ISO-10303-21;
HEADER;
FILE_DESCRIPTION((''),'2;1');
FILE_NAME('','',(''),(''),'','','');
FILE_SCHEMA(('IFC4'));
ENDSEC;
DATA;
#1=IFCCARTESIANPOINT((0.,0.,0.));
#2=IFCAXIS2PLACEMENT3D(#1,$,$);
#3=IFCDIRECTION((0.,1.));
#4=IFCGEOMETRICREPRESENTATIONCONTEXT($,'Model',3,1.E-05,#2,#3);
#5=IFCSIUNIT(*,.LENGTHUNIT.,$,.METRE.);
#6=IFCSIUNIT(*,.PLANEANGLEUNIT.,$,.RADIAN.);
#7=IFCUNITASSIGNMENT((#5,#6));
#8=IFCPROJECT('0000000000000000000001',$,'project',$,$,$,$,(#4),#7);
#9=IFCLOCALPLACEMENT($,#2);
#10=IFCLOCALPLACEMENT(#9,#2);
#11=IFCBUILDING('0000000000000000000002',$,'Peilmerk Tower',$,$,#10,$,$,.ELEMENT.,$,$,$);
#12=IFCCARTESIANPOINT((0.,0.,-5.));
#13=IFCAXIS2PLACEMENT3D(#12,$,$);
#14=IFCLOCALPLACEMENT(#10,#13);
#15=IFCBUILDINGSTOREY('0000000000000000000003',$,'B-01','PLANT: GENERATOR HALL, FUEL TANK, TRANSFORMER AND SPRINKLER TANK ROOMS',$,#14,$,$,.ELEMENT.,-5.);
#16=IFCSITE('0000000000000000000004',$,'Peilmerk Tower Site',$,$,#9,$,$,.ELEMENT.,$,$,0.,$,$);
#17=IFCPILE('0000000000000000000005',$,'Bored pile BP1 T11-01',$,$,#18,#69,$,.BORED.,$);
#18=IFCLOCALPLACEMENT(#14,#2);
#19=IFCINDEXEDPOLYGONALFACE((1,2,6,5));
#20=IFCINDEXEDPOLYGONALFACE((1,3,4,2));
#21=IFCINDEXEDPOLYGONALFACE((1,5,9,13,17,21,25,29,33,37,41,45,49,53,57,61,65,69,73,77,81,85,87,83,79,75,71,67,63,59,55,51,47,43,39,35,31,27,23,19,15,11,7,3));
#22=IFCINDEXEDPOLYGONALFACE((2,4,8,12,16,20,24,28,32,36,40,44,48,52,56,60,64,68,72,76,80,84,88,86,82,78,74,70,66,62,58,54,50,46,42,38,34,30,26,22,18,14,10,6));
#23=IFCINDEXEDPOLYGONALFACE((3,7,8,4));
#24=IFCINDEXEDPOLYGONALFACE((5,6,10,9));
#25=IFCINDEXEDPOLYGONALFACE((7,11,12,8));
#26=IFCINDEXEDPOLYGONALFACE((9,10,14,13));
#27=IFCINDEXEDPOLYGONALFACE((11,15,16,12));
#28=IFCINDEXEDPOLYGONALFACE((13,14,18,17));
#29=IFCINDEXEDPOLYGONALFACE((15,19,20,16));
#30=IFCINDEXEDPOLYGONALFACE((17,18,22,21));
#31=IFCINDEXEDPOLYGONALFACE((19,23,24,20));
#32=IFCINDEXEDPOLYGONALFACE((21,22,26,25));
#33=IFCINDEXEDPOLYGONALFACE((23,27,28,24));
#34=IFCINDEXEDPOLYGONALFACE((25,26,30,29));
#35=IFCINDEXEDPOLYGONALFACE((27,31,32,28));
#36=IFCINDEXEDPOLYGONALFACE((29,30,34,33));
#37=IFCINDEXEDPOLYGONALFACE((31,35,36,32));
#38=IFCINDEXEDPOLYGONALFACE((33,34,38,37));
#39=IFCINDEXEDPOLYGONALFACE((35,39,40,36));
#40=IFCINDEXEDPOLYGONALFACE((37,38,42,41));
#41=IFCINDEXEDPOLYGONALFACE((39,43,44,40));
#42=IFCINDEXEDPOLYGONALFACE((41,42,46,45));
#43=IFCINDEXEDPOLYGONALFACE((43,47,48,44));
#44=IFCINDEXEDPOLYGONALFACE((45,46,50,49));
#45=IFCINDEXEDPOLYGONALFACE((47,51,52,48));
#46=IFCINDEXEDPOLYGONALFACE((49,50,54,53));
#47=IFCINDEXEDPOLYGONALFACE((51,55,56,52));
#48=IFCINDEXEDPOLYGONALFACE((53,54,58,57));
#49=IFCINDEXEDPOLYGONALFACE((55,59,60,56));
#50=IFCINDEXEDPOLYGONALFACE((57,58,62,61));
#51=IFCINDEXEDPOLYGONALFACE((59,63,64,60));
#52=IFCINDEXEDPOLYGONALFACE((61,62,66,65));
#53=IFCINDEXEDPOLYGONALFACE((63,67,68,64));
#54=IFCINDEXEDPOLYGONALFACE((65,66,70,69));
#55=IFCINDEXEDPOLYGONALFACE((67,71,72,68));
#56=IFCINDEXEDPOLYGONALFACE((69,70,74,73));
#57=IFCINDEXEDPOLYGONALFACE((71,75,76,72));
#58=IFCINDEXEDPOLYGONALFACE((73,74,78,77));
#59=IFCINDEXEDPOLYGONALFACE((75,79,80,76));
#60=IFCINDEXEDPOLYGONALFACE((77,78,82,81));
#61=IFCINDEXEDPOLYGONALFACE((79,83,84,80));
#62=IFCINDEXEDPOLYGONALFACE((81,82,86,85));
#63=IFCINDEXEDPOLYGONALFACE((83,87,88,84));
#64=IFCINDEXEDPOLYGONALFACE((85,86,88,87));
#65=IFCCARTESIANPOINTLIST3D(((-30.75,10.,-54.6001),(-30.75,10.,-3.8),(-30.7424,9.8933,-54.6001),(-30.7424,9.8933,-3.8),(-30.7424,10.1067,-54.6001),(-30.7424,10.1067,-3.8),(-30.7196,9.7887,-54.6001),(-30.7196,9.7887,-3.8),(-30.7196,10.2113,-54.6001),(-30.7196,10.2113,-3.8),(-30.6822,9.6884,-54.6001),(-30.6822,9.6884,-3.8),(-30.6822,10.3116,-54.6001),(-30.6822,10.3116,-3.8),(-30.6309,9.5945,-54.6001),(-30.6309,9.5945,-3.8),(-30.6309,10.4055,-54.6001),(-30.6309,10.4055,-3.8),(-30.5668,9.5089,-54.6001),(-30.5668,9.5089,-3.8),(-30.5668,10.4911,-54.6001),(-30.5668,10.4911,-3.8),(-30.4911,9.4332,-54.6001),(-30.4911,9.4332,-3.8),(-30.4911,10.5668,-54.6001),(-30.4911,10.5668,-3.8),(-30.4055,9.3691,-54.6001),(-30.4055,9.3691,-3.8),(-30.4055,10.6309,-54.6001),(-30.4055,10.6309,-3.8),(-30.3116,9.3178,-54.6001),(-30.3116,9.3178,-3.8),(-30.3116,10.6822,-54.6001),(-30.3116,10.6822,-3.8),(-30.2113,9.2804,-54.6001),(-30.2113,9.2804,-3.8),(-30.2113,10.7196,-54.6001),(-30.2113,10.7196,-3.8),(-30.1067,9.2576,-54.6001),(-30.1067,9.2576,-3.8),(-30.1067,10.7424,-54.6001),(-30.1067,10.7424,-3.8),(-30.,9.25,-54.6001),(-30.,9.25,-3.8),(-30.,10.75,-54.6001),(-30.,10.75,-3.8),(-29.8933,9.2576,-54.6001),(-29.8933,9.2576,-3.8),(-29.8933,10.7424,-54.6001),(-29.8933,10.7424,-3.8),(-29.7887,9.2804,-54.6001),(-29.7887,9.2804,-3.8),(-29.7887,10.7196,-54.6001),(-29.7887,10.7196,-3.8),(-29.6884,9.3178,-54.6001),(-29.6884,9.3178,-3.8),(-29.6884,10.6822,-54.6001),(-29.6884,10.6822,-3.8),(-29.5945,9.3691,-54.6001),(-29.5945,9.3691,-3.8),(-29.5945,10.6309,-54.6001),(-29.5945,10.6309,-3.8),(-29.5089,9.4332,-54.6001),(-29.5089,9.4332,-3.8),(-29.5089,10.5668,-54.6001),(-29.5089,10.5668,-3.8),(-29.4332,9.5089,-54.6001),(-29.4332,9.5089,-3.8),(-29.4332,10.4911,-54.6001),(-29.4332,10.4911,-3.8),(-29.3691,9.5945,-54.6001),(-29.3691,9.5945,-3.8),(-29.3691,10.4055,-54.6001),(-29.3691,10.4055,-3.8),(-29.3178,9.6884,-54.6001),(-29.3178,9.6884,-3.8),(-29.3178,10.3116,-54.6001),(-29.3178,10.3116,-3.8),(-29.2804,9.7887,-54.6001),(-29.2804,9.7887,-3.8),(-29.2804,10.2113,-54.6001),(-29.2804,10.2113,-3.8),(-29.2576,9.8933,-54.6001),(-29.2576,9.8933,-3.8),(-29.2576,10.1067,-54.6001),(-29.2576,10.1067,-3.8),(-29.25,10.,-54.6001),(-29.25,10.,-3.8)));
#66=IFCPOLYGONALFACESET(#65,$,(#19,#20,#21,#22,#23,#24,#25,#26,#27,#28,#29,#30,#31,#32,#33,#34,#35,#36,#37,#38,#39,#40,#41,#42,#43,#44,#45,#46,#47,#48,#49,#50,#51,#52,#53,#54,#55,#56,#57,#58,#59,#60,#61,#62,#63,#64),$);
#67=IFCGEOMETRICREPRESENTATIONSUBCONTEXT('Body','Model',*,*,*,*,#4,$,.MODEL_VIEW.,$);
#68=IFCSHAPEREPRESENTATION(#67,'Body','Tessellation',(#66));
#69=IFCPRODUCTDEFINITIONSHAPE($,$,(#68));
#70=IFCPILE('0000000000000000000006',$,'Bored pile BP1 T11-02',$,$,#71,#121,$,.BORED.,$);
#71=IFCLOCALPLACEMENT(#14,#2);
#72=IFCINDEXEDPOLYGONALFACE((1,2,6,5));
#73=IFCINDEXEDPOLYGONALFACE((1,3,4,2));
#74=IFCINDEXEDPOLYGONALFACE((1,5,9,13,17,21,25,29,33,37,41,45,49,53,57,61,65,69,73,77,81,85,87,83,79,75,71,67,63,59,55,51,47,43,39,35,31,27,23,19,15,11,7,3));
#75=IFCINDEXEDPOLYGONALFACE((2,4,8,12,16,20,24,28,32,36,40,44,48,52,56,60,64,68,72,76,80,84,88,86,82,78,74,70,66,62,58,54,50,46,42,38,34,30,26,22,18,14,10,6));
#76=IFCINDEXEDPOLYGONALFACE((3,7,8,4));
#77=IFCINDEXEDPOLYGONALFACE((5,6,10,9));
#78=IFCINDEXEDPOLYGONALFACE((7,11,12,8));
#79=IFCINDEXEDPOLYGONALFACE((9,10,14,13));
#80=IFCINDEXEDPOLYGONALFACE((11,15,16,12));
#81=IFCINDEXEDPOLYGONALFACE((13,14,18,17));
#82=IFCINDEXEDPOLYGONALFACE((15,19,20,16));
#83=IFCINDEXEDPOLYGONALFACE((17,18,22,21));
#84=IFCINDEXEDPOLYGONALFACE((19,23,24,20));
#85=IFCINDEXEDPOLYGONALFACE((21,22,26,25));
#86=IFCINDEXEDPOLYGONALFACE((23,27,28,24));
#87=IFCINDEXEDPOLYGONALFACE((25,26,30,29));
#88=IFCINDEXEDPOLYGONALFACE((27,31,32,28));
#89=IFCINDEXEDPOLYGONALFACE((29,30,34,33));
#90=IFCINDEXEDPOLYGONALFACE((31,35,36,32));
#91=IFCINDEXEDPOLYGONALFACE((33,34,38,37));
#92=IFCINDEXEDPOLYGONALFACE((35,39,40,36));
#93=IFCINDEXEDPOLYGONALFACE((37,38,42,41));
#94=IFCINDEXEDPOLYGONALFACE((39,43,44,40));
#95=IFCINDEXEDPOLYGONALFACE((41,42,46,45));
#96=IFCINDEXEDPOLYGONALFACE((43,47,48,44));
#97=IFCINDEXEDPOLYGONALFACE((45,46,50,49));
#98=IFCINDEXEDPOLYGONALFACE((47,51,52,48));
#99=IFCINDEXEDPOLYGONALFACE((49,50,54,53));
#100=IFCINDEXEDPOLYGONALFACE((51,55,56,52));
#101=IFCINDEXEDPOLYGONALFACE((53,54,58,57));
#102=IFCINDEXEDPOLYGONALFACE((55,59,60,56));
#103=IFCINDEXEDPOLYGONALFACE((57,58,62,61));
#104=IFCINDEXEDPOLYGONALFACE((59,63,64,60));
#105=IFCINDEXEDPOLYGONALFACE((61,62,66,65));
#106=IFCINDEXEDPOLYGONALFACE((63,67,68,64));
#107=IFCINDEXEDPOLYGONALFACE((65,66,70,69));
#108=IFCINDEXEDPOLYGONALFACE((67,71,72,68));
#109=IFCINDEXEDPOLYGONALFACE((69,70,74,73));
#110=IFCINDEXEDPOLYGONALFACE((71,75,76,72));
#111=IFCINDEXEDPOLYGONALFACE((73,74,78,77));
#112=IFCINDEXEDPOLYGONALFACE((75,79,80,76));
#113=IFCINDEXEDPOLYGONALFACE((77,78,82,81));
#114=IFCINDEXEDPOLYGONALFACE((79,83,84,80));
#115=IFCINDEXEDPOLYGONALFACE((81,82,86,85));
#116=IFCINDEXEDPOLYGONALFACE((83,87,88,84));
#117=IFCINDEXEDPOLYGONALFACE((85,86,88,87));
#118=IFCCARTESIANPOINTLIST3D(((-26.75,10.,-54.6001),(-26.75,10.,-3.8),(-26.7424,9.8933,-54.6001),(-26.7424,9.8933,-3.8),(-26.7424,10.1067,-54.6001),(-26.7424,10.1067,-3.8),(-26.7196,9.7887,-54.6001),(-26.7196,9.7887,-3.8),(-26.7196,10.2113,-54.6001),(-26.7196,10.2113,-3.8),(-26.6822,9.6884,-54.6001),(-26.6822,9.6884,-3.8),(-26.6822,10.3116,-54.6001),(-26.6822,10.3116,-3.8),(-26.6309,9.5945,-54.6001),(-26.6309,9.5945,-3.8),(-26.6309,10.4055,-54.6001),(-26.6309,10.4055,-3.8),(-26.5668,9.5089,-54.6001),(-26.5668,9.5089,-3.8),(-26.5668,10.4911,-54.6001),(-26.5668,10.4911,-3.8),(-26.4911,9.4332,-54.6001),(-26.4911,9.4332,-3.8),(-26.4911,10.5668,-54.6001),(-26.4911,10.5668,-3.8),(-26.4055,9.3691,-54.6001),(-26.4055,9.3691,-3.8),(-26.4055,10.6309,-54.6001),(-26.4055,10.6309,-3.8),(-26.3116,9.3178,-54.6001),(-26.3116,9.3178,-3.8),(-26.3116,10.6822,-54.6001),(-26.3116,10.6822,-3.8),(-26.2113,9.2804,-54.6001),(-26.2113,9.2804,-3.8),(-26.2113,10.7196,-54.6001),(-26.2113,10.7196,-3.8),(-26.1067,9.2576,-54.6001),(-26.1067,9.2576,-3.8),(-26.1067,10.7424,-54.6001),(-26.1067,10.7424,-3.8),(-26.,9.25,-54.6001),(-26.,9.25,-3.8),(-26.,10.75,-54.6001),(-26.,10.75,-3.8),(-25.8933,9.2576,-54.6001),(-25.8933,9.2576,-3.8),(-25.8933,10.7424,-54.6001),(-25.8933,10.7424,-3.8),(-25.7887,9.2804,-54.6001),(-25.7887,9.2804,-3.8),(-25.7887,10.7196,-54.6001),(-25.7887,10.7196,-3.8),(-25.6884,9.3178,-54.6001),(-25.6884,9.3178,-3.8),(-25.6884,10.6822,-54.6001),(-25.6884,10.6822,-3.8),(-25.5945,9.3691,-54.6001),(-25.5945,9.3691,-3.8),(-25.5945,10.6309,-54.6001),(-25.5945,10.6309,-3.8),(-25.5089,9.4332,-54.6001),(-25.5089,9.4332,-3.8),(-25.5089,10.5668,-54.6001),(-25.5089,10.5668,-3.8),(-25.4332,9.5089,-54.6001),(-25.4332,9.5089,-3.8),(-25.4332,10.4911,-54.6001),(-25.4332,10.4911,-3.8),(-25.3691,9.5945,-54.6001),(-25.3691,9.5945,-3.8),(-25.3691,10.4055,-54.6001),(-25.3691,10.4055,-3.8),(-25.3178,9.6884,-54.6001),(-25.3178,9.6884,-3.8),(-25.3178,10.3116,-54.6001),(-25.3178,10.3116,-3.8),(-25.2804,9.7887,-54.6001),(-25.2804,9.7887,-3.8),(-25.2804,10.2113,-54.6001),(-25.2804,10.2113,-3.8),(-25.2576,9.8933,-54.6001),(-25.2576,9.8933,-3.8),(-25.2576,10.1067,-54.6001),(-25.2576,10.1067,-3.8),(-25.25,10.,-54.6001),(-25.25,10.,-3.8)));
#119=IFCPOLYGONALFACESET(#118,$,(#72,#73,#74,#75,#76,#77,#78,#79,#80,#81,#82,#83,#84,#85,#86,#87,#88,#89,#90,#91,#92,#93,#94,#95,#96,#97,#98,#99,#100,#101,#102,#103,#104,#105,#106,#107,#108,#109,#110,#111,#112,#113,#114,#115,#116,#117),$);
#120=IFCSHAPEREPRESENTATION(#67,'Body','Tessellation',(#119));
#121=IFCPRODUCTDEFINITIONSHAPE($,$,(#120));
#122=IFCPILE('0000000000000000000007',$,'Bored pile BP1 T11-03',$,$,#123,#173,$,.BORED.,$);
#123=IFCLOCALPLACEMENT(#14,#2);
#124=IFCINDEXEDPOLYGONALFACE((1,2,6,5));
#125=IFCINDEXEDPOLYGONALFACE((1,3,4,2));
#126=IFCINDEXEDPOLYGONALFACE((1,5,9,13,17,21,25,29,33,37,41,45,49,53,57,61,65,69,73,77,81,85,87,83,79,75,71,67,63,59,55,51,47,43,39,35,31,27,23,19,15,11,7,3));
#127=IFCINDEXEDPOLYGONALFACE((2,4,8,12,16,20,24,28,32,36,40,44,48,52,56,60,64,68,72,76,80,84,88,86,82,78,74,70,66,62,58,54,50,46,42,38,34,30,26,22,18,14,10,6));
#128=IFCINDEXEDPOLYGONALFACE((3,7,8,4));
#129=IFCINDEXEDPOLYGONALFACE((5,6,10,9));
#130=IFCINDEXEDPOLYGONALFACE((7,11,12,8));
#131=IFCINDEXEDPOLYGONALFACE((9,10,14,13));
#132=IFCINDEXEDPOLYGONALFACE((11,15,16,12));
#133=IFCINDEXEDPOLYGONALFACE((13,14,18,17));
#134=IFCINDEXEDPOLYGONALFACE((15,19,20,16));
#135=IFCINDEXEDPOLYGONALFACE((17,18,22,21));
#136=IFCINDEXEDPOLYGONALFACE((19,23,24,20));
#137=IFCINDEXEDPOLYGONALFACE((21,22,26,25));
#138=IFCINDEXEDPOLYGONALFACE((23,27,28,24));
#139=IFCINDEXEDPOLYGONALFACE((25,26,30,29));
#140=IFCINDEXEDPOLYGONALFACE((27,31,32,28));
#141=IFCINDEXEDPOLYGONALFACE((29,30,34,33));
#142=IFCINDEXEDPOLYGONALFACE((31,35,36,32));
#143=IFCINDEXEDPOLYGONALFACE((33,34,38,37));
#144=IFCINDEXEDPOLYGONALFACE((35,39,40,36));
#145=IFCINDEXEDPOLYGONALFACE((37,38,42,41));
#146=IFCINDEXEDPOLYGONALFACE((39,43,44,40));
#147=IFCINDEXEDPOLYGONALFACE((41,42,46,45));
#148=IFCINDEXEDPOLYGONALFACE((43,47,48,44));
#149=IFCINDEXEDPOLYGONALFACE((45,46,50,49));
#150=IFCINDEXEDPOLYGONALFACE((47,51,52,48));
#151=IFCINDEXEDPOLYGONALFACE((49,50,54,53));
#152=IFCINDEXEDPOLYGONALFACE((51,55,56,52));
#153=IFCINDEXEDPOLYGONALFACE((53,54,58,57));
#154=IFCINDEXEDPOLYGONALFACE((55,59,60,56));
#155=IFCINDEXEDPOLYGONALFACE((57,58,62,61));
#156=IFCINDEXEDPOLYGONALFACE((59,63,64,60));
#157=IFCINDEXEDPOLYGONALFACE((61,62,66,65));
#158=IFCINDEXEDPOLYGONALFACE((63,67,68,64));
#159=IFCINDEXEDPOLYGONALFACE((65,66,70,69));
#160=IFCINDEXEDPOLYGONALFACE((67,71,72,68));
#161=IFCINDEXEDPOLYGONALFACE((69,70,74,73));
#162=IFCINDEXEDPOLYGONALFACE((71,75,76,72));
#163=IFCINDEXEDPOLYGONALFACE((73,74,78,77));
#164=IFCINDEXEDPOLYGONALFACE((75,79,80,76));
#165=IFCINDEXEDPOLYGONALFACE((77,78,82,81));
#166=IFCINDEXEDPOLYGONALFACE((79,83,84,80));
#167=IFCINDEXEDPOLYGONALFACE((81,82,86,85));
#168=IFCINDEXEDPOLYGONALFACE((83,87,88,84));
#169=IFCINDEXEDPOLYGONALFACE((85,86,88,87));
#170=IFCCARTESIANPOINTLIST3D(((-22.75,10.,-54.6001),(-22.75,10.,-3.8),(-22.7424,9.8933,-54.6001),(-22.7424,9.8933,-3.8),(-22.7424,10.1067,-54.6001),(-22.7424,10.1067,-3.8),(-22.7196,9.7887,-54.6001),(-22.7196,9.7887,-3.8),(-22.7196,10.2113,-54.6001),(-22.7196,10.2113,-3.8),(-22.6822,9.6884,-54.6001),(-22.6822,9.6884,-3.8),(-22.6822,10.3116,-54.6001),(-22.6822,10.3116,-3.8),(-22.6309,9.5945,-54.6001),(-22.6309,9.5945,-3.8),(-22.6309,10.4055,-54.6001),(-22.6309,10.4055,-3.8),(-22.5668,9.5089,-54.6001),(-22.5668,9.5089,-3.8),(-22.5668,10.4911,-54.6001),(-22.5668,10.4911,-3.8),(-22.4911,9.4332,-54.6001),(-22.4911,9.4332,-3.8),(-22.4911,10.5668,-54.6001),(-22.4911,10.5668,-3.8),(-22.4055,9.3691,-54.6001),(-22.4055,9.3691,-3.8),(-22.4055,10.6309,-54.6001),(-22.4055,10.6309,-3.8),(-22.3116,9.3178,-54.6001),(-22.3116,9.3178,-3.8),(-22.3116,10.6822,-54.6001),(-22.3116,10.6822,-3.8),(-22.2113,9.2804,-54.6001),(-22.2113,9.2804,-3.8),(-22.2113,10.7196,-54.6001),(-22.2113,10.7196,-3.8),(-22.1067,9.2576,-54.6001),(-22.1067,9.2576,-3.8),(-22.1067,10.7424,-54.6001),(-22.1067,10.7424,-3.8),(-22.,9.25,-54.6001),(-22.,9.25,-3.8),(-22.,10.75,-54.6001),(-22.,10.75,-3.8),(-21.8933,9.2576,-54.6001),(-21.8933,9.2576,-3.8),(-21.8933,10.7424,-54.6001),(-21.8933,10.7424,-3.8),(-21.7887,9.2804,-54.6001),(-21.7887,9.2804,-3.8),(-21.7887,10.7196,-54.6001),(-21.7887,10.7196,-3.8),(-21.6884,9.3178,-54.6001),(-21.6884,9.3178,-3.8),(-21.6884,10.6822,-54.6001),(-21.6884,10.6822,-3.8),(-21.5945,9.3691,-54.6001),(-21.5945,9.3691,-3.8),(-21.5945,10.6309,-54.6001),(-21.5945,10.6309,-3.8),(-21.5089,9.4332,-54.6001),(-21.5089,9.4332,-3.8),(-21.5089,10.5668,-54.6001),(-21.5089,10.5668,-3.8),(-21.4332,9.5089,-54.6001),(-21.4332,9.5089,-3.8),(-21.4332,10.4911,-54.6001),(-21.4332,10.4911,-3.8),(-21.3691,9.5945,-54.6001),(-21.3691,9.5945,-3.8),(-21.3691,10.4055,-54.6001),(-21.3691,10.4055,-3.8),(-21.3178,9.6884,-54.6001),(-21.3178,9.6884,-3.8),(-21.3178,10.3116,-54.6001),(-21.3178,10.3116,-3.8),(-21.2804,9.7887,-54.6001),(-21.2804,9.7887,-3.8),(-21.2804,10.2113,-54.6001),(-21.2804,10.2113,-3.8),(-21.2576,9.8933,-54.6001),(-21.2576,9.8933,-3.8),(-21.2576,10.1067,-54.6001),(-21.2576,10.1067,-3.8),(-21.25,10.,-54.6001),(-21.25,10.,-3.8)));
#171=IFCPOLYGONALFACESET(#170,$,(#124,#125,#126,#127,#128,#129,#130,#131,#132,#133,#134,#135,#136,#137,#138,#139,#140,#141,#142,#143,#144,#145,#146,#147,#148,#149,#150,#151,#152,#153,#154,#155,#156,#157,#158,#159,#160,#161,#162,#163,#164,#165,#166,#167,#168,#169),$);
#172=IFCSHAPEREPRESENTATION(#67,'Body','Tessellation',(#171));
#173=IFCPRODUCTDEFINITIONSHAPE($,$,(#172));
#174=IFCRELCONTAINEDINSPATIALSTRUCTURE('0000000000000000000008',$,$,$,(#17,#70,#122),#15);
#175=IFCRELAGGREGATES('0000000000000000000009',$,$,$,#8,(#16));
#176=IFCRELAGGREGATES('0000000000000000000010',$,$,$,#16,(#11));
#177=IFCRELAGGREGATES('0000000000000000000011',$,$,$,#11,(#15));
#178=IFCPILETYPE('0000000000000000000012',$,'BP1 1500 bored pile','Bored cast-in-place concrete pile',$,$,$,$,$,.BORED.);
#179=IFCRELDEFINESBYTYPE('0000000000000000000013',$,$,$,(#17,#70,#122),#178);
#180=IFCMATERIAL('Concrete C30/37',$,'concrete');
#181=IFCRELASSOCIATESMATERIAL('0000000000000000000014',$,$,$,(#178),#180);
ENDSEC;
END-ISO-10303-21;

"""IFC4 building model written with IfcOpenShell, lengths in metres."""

from ifc_helpers import new_model, si_unit, direction, frame, origin, origin_2d, place, context, subcontext, project, spatial, circle, extrude, material, material_profile, profile_set, type_object, element, save


model = new_model("IFC4")

# Units and contexts
model_context = context("Model", 3, precision=1e-05, world=origin(), true_north=direction((0.0, 1.0)))
body_context = subcontext(model_context, "Body", "Model", "MODEL_VIEW")
ifc_project = project(units=[si_unit("LENGTHUNIT", "METRE"), si_unit("PLANEANGLEUNIT", "RADIAN")], contexts=[model_context])

# Site, building, storey
site_placement = place(None, origin())
site = spatial("IfcSite", under=ifc_project, at=site_placement, Name="Peilmerk Tower Site", CompositionType="ELEMENT", RefElevation=0.0)
building_placement = place(site_placement, origin())
building = spatial("IfcBuilding", under=site, at=building_placement, Name="Peilmerk Tower", CompositionType="ELEMENT")
storey_placement = place(building_placement, frame((0.0, 0.0, -5.0)))
storey = spatial("IfcBuildingStorey", under=building, at=storey_placement, Name="B-01", Description="PLANT: GENERATOR HALL, FUEL TANK, TRANSFORMER AND SPRINKLER TANK ROOMS", CompositionType="ELEMENT", Elevation=-5.0)

# Piles
ifc_material_1 = material(Name="Concrete C30/37", Category="concrete")
ifc_material_profile_1 = material_profile(ifc_material_1, circle(Radius=0.75, at=origin_2d()), Name="BP 1500")
ifc_profile_set_1 = profile_set([ifc_material_profile_1], Name="Concrete C30/37")
pile_type_1 = type_object("IfcPileType", Name="BP1 1500 bored pile", Description="Bored cast-in-place concrete pile", PredefinedType="BORED", material=ifc_profile_set_1)
for number, where, z_axis, x_axis, name in (
    (1, (-30.0, 10.0, -3.8), (0.0, 0.0, -1.0), (1.0, 0.0, 0.0), "Bored pile BP1 T11-01"),
    (2, (-26.0, 10.0, -3.8), (0.0, 0.0, -1.0), (1.0, 0.0, 0.0), "Bored pile BP1 T11-02"),
    (3, (-22.0, 10.0, -3.8), (0.0, 0.0, -1.0), (1.0, 0.0, 0.0), "Bored pile BP1 T11-03"),
):
    element("IfcPile", number, at=place(storey_placement, frame(where, z_axis=z_axis, x_axis=x_axis)), inside=storey, type_object=pile_type_1, Name=name, PredefinedType="BORED", context=body_context, shape_type="SweptSolid", body=[
        extrude(circle(Radius=0.75, at=origin_2d()), origin(), (0.0, 0.0, 1.0), 50.8),
    ])

save(model, "model.ifc")
